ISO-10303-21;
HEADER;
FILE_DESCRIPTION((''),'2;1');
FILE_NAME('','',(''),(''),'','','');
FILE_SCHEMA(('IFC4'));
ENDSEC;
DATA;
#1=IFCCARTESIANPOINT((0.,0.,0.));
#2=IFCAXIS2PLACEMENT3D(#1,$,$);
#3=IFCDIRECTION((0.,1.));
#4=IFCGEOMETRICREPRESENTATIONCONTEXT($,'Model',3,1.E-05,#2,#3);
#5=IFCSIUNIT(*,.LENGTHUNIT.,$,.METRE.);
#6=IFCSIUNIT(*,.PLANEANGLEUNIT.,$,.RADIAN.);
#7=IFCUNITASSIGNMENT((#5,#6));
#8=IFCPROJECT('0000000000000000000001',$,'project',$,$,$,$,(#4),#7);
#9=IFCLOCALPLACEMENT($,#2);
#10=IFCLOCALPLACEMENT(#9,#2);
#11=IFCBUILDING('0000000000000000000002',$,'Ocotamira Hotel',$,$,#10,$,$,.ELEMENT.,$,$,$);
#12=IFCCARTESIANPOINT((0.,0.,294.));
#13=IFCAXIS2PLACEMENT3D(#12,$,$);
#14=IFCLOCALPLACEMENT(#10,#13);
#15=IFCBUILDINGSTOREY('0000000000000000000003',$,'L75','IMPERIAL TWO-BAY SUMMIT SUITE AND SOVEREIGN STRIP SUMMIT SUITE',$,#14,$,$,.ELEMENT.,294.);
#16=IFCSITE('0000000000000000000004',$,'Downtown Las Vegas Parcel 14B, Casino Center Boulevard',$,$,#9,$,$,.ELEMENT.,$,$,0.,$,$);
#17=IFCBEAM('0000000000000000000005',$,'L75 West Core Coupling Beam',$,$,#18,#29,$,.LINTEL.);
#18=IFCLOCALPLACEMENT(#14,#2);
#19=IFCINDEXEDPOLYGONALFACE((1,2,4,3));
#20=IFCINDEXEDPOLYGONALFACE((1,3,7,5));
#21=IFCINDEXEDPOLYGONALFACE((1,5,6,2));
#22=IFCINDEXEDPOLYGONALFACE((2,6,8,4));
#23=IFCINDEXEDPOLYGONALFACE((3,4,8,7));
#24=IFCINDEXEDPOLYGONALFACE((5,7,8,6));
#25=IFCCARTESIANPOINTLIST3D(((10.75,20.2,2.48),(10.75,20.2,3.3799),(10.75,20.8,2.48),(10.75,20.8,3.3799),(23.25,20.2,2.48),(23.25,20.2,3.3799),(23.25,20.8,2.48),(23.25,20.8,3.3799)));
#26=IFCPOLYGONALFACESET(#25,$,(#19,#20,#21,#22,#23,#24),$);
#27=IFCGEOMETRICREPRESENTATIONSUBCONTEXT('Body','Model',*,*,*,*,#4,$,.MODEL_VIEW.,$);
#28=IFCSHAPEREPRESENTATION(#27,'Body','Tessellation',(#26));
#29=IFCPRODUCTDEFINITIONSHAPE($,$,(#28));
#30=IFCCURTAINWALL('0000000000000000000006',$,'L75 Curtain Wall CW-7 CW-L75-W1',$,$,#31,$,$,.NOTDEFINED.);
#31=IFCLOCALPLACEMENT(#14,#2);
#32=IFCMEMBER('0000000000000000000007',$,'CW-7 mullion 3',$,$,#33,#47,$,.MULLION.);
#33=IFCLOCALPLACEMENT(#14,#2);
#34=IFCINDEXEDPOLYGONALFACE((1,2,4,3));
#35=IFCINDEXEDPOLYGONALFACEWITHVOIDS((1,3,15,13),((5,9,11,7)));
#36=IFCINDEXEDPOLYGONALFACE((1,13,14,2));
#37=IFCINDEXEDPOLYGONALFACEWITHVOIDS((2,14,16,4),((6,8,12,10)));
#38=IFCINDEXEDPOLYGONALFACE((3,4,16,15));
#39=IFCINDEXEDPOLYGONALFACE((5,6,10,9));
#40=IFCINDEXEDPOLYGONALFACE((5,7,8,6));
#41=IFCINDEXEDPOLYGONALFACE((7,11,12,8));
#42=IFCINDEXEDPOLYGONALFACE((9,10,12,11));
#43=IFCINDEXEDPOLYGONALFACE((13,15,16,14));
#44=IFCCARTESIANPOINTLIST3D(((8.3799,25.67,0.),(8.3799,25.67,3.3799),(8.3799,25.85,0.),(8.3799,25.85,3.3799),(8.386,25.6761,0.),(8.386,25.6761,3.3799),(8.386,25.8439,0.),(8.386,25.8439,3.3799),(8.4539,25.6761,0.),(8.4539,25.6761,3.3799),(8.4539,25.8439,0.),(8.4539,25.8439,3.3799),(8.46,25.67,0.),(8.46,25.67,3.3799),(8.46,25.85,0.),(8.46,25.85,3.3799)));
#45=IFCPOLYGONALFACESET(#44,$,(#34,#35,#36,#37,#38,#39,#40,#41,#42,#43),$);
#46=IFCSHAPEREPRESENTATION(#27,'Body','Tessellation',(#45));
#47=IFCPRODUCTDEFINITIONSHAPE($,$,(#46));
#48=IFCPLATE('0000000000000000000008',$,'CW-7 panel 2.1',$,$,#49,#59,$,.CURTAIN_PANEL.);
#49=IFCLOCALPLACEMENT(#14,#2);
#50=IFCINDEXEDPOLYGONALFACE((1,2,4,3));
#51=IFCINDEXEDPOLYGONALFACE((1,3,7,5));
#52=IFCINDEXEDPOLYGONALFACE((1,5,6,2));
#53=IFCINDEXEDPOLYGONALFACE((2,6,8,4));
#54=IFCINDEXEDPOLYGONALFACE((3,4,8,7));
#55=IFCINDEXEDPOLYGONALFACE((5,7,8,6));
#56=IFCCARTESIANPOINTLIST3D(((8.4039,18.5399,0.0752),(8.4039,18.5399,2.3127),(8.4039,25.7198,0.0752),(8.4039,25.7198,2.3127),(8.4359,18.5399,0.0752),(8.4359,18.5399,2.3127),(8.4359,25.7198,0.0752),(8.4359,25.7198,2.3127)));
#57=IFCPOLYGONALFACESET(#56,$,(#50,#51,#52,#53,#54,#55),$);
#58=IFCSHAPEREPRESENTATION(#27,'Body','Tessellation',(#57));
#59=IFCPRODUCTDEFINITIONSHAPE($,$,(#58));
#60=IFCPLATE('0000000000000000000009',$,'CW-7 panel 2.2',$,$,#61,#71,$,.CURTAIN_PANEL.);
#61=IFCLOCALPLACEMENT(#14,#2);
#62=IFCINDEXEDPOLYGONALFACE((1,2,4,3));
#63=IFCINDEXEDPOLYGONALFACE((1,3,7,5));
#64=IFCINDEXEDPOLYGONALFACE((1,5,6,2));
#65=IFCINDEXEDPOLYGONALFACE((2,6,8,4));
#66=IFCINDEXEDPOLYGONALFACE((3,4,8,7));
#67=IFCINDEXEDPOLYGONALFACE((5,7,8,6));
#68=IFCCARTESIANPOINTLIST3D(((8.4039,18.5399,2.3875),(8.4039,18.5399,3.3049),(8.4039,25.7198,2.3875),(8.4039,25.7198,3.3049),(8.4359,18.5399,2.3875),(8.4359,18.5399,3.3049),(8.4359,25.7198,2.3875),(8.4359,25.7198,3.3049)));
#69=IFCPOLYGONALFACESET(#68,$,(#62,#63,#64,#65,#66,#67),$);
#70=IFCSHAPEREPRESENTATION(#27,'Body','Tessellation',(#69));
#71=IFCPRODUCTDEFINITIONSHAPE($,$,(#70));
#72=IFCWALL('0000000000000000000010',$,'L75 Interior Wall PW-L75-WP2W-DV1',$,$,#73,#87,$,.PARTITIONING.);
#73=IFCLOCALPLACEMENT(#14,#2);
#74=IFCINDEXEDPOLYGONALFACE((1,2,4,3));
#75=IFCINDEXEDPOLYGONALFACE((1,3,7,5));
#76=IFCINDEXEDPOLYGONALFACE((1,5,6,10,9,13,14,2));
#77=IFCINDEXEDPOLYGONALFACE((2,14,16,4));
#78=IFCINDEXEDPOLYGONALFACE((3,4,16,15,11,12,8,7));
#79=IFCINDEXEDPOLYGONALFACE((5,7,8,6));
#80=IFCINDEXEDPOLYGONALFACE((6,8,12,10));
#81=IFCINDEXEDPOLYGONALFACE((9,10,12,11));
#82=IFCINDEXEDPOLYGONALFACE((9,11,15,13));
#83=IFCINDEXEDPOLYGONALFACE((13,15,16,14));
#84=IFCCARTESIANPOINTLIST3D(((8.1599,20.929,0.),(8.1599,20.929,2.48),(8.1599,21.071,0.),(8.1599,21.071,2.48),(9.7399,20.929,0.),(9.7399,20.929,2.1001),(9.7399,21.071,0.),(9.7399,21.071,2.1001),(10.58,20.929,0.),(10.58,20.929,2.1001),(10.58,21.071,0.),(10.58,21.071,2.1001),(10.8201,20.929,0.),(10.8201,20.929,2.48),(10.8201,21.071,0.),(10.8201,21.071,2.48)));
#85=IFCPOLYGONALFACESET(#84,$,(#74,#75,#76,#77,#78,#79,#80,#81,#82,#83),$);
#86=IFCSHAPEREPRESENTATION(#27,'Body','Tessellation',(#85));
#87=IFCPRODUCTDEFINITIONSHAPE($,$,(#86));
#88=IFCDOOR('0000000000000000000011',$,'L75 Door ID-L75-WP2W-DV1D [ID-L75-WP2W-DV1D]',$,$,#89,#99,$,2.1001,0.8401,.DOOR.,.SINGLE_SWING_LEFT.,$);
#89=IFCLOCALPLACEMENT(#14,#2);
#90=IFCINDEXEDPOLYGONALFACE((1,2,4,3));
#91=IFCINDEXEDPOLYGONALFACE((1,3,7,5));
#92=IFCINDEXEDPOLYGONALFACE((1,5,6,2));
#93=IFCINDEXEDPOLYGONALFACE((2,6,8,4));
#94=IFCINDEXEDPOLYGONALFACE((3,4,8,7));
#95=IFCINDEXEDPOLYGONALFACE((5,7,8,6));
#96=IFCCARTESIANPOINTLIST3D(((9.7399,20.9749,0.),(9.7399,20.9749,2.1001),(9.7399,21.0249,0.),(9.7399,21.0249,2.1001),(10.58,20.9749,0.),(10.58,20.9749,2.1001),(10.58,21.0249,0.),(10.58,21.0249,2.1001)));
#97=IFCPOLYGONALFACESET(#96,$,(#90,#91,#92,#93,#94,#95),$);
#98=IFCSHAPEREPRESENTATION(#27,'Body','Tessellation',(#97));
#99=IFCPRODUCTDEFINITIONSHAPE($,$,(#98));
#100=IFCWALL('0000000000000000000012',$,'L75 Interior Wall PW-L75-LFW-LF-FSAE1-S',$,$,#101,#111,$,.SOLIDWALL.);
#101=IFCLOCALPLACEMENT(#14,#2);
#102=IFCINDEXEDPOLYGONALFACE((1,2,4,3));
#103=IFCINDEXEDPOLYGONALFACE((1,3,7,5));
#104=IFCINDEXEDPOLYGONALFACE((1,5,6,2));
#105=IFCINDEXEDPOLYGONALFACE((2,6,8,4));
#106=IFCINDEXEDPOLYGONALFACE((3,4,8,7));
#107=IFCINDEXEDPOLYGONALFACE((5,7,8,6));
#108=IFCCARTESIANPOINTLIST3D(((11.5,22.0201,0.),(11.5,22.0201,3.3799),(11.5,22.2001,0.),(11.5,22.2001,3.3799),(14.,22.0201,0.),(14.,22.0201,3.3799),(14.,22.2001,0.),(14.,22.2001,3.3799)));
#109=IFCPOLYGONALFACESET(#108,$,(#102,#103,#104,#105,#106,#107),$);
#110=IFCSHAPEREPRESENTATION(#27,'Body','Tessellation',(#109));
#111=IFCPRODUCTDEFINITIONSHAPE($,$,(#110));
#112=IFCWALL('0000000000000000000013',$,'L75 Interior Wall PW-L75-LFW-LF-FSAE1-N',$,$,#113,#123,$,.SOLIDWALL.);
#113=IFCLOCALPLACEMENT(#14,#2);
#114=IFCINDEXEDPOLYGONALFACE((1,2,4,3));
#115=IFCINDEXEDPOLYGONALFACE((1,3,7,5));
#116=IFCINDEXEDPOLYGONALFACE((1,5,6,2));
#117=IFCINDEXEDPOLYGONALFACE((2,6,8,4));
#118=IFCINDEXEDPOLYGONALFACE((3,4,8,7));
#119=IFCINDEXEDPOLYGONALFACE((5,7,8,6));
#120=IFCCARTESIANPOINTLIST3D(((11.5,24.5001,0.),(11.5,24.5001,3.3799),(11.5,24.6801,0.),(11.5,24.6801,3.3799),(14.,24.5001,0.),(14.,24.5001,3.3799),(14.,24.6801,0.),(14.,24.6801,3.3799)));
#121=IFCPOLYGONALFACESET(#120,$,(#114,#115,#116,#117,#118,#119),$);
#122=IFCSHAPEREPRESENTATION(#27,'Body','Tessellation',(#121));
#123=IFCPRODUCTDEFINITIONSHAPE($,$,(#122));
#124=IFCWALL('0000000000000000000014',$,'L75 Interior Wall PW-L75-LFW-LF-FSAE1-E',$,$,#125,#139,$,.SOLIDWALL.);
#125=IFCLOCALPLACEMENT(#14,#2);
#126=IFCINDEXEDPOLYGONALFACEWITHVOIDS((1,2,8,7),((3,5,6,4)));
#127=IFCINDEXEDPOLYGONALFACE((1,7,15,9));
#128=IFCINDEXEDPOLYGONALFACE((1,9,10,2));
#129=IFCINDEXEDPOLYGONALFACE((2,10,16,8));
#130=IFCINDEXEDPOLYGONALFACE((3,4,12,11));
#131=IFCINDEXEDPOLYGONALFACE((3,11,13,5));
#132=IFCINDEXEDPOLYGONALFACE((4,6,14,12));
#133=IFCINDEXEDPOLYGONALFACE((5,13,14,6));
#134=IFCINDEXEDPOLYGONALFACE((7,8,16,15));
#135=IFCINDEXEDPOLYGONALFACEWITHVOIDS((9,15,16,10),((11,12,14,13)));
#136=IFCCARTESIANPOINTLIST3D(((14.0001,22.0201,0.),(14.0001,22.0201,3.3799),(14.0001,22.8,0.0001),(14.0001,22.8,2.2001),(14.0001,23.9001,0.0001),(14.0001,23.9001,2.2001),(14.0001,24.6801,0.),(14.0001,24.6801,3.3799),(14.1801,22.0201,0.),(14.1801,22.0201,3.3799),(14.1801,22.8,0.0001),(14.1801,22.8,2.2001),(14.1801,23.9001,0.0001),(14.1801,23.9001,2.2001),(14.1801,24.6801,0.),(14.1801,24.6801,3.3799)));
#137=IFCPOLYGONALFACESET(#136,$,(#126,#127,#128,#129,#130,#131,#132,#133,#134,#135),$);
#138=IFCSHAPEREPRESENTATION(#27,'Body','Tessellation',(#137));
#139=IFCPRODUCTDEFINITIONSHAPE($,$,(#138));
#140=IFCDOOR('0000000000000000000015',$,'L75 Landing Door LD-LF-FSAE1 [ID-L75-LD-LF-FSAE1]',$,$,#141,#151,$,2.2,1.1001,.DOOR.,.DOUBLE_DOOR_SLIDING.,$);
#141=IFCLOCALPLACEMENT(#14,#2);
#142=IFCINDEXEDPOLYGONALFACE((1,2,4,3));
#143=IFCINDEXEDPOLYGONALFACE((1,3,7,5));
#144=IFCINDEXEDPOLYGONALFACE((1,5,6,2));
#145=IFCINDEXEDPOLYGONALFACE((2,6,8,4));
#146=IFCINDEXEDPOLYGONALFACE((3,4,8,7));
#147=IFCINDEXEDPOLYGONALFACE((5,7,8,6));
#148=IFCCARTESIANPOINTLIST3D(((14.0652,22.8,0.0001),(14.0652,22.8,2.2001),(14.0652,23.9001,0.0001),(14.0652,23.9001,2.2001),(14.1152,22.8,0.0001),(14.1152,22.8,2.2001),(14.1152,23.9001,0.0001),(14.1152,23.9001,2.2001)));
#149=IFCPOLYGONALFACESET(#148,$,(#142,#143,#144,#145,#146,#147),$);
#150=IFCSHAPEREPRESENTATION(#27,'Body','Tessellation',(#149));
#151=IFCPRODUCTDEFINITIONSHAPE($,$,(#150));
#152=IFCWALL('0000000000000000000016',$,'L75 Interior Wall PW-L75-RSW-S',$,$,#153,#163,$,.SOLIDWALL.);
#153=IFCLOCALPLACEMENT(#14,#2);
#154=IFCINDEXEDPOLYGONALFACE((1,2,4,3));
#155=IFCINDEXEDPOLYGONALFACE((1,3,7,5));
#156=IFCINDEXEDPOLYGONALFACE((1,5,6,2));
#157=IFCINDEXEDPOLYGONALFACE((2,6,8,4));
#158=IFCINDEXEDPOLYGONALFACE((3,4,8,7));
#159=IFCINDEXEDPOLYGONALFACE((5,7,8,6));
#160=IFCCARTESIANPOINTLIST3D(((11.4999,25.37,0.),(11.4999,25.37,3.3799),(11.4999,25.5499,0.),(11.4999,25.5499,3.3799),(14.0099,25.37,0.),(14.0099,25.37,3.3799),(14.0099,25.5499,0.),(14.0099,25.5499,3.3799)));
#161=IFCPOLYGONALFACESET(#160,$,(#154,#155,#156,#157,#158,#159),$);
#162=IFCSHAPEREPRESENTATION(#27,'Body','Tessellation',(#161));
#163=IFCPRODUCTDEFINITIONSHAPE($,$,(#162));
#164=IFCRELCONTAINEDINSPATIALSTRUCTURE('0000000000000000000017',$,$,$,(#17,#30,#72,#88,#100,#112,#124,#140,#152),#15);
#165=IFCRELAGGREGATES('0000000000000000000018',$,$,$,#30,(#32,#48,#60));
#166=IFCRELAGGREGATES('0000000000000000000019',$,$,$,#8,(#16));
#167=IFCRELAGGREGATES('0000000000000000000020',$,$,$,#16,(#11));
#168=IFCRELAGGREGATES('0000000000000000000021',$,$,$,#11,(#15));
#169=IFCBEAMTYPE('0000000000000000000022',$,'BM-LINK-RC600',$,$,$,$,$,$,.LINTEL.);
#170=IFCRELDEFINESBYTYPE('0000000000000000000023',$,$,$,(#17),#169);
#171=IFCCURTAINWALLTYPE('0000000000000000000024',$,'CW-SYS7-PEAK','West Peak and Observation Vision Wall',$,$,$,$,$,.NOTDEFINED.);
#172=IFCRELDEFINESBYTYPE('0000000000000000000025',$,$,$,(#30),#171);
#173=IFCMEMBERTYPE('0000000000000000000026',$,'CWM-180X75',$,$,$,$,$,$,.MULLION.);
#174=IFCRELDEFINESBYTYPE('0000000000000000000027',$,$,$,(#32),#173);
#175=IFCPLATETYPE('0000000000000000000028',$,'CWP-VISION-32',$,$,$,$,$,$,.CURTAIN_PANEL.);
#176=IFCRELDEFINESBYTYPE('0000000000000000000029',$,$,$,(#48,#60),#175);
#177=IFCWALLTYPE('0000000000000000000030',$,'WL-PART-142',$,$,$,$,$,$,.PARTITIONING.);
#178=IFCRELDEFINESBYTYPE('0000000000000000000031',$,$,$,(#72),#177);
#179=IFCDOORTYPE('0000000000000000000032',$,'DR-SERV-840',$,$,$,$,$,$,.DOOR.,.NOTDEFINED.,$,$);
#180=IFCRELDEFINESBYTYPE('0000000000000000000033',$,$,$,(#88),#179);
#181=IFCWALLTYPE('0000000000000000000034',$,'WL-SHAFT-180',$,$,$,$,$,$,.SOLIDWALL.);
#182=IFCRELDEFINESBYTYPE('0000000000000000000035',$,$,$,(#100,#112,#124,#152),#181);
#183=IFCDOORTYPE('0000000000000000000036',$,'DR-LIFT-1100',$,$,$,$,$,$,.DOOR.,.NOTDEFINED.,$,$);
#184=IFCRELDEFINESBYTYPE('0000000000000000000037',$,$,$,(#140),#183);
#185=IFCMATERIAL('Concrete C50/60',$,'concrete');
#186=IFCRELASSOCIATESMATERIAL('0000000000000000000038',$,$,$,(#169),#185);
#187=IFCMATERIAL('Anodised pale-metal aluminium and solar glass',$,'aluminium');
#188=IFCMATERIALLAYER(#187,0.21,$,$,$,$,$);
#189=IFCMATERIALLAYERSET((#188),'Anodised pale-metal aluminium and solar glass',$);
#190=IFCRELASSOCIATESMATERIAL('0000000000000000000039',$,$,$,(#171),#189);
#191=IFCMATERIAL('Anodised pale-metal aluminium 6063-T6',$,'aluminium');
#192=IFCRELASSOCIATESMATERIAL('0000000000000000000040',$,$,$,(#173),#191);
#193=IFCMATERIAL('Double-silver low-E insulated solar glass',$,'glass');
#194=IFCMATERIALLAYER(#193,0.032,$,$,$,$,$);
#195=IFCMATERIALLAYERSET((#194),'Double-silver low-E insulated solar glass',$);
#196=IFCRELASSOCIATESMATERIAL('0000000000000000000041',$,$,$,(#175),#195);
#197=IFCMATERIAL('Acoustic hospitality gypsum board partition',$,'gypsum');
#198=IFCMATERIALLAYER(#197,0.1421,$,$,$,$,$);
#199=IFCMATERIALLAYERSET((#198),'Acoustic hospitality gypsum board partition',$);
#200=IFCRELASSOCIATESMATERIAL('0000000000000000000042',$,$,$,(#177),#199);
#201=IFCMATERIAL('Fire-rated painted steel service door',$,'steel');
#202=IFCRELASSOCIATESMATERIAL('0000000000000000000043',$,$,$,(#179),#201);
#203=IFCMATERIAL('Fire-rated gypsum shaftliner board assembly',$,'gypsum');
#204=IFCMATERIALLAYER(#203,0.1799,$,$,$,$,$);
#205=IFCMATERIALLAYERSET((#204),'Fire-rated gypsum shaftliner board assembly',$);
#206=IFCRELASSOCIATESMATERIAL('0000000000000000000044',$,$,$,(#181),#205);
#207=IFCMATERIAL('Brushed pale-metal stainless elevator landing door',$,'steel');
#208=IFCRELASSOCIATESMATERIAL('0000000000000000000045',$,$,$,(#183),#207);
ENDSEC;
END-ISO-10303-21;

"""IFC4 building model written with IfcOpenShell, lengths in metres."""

from ifc_helpers import new_model, si_unit, direction, frame, frame_2d, origin, origin_2d, place, context, subcontext, project, spatial, rectangle, hollow_rectangle, extrude, source, transform, mapped, material, layer, layer_set, material_profile, profile_set, type_object, element, fill, aggregate, save


model = new_model("IFC4")

# Units and contexts
model_context = context("Model", 3, precision=1e-05, world=origin(), true_north=direction((0.0, 1.0)))
body_context = subcontext(model_context, "Body", "Model", "MODEL_VIEW")
ifc_project = project(units=[si_unit("LENGTHUNIT", "METRE"), si_unit("PLANEANGLEUNIT", "RADIAN")], contexts=[model_context])

# Site, building, storey
site_placement = place(None, origin())
site = spatial("IfcSite", under=ifc_project, at=site_placement, Name="Downtown Las Vegas Parcel 14B, Casino Center Boulevard", CompositionType="ELEMENT", RefElevation=0.0)
building_placement = place(site_placement, origin())
building = spatial("IfcBuilding", under=site, at=building_placement, Name="Ocotamira Hotel", CompositionType="ELEMENT")
storey_placement = place(building_placement, frame((0.0, 0.0, 294.0)))
storey = spatial("IfcBuildingStorey", under=building, at=storey_placement, Name="L75", Description="IMPERIAL TWO-BAY SUMMIT SUITE AND SOVEREIGN STRIP SUMMIT SUITE", CompositionType="ELEMENT", Elevation=294.0)

# Beam
ifc_material_1 = material(Name="Concrete C50/60", Category="concrete")
ifc_material_profile_1 = material_profile(ifc_material_1, rectangle(XDim=0.6001, YDim=0.8999, at=origin_2d()), Name="RC600X900")
ifc_profile_set_1 = profile_set([ifc_material_profile_1], Name="Concrete C50/60")
beam_type = type_object("IfcBeamType", Name="BM-LINK-RC600", PredefinedType="LINTEL", material=ifc_profile_set_1)
shared_shape_1 = source(origin(), body_context, "Body", "SweptSolid", [
    extrude(rectangle(XDim=0.6001, YDim=0.8999, at=origin_2d()), origin(), (0.0, 0.0, 1.0), 12.5),
])
beam_placement = place(storey_placement, frame((10.75, 20.5, 2.9299), z_axis=(1.0, 0.0, 0.0), x_axis=(0.0, 1.0, 0.0)))
element("IfcBeam", 1, at=beam_placement, inside=storey, type_object=beam_type, Name="L75 West Core Coupling Beam", PredefinedType="LINTEL", context=body_context, shape_type="MappedRepresentation", body=[
    mapped(shared_shape_1, transform((0.0, 0.0, 0.0), scale=1.0)),
])

# Curtain wall, member, plates
ifc_material_2 = material(Name="Anodised pale-metal aluminium and solar glass", Category="aluminium")
ifc_layer_1 = layer(ifc_material_2, 0.21)
ifc_layer_set_1 = layer_set([ifc_layer_1], Name="Anodised pale-metal aluminium and solar glass")
curtain_wall_type = type_object("IfcCurtainWallType", Name="CW-SYS7-PEAK", Description="West Peak and Observation Vision Wall", PredefinedType="NOTDEFINED", material=ifc_layer_set_1)
curtain_wall_placement = place(storey_placement, origin())
curtain_wall = element("IfcCurtainWall", 2, at=curtain_wall_placement, inside=storey, type_object=curtain_wall_type, Name="L75 Curtain Wall CW-7 CW-L75-W1", PredefinedType="NOTDEFINED")
ifc_material_3 = material(Name="Anodised pale-metal aluminium 6063-T6", Category="aluminium")
ifc_material_profile_2 = material_profile(ifc_material_3, hollow_rectangle(XDim=0.0801, YDim=0.1799, WallThickness=0.0061, at=origin_2d()), Name="HSS180X80X6")
ifc_profile_set_2 = profile_set([ifc_material_profile_2], Name="Anodised pale-metal aluminium 6063-T6")
member_type = type_object("IfcMemberType", Name="CWM-180X75", PredefinedType="MULLION", material=ifc_profile_set_2)
shared_shape_2 = source(origin(), body_context, "Body", "SweptSolid", [
    extrude(hollow_rectangle(XDim=0.0801, YDim=0.1799, WallThickness=0.0061, at=origin_2d()), origin(), (0.0, 0.0, 1.0), 3.3799),
])
member_placement = place(storey_placement, frame((8.4199, 25.76, 0.0), z_axis=(0.0, 0.0, 1.0), x_axis=(-1.0, 0.0, 0.0)))
member = element("IfcMember", 3, at=member_placement, type_object=member_type, Name="CW-7 mullion 3", PredefinedType="MULLION", context=body_context, shape_type="MappedRepresentation", body=[
    mapped(shared_shape_2, transform((0.0, 0.0, 0.0), scale=1.0)),
])
ifc_material_4 = material(Name="Double-silver low-E insulated solar glass", Category="glass")
ifc_layer_2 = layer(ifc_material_4, 0.032)
ifc_layer_set_2 = layer_set([ifc_layer_2], Name="Double-silver low-E insulated solar glass")
plate_type = type_object("IfcPlateType", Name="CWP-VISION-32", PredefinedType="CURTAIN_PANEL", material=ifc_layer_set_2)
shared_shape_3 = source(origin(), body_context, "Body", "SweptSolid", [
    extrude(rectangle(XDim=7.1799, YDim=0.032, at=origin_2d()), origin(), (0.0, 0.0, 1.0), 2.2375),
])
plate_1_placement = place(storey_placement, frame((8.4199, 22.1299, 0.0752), z_axis=(0.0, 0.0, 1.0), x_axis=(0.0, 1.0, 0.0)))
plate_1 = element("IfcPlate", 4, at=plate_1_placement, type_object=plate_type, Name="CW-7 panel 2.1", PredefinedType="CURTAIN_PANEL", context=body_context, shape_type="MappedRepresentation", body=[
    mapped(shared_shape_3, transform((0.0, 0.0, 0.0), scale=1.0)),
])
shared_shape_4 = source(origin(), body_context, "Body", "SweptSolid", [
    extrude(rectangle(XDim=7.1799, YDim=0.032, at=origin_2d()), origin(), (0.0, 0.0, 1.0), 0.9175),
])
plate_2_placement = place(storey_placement, frame((8.4199, 22.1299, 2.3875), z_axis=(0.0, 0.0, 1.0), x_axis=(0.0, 1.0, 0.0)))
plate_2 = element("IfcPlate", 5, at=plate_2_placement, type_object=plate_type, Name="CW-7 panel 2.2", PredefinedType="CURTAIN_PANEL", context=body_context, shape_type="MappedRepresentation", body=[
    mapped(shared_shape_4, transform((0.0, 0.0, 0.0), scale=1.0)),
])
aggregate(curtain_wall, [member, plate_1, plate_2])

# Wall, opening, door
ifc_material_5 = material(Name="Acoustic hospitality gypsum board partition", Category="gypsum")
ifc_layer_3 = layer(ifc_material_5, 0.1421)
ifc_layer_set_3 = layer_set([ifc_layer_3], Name="Acoustic hospitality gypsum board partition")
wall_type_1 = type_object("IfcWallType", Name="WL-PART-142", PredefinedType="PARTITIONING", material=ifc_layer_set_3)
wall_1_placement = place(storey_placement, frame((8.1599, 21.0, 0.0), z_axis=(0.0, 0.0, 1.0), x_axis=(1.0, 0.0, 0.0)))
wall_1 = element("IfcWall", 6, at=wall_1_placement, inside=storey, type_object=wall_type_1, Name="L75 Interior Wall PW-L75-WP2W-DV1", PredefinedType="PARTITIONING", context=body_context, shape_type="SweptSolid", body=[
    extrude(rectangle(XDim=2.6602, YDim=0.1421, at=frame_2d((1.3301, 0.0))), origin(), (0.0, 0.0, 1.0), 2.48),
])
opening_1_placement = place(wall_1_placement, frame((1.5801, 0.0, 0.0)))
opening_1 = element("IfcOpeningElement", 7, at=opening_1_placement, cuts=wall_1, PredefinedType="OPENING", context=body_context, shape_type="SweptSolid", body=[
    extrude(rectangle(XDim=0.8401, YDim=2.1001, at=frame_2d((0.4199, 1.05))), frame((0.0, 0.0811, 0.0), z_axis=(0.0, -1.0, 0.0), x_axis=(1.0, 0.0, 0.0)), (0.0, 0.0, 1.0), 0.1621),
])
ifc_material_6 = material(Name="Fire-rated painted steel service door", Category="steel")
door_type_1 = type_object("IfcDoorType", Name="DR-SERV-840", OperationType="NOTDEFINED", PredefinedType="DOOR", material=ifc_material_6)
shared_shape_5 = source(origin(), body_context, "Body", "SweptSolid", [
    extrude(rectangle(XDim=0.8401, YDim=2.1001, at=frame_2d((0.4199, 1.05))), frame((0.0, 0.0249, 0.0), z_axis=(0.0, -1.0, 0.0), x_axis=(1.0, 0.0, 0.0)), (0.0, 0.0, 1.0), 0.05),
])
door_1_placement = place(opening_1_placement, origin())
door_1 = element("IfcDoor", 8, at=door_1_placement, inside=storey, type_object=door_type_1, Name="L75 Door ID-L75-WP2W-DV1D [ID-L75-WP2W-DV1D]", OperationType="SINGLE_SWING_LEFT", OverallHeight=2.1001, OverallWidth=0.8401, PredefinedType="DOOR", context=body_context, shape_type="MappedRepresentation", body=[
    mapped(shared_shape_5, transform((0.0, 0.0, 0.0), scale=1.0)),
])
fill(opening_1, door_1)

# Walls
ifc_material_7 = material(Name="Fire-rated gypsum shaftliner board assembly", Category="gypsum")
ifc_layer_4 = layer(ifc_material_7, 0.1799)
ifc_layer_set_4 = layer_set([ifc_layer_4], Name="Fire-rated gypsum shaftliner board assembly")
wall_type_2 = type_object("IfcWallType", Name="WL-SHAFT-180", PredefinedType="SOLIDWALL", material=ifc_layer_set_4)
for number, where, z_axis, x_axis, name in (
    (9, (11.5, 22.1101, 0.0), (0.0, 0.0, 1.0), (1.0, 0.0, 0.0), "L75 Interior Wall PW-L75-LFW-LF-FSAE1-S"),
    (10, (11.5, 24.5901, 0.0), (0.0, 0.0, 1.0), (1.0, 0.0, 0.0), "L75 Interior Wall PW-L75-LFW-LF-FSAE1-N"),
):
    element("IfcWall", number, at=place(storey_placement, frame(where, z_axis=z_axis, x_axis=x_axis)), inside=storey, type_object=wall_type_2, Name=name, PredefinedType="SOLIDWALL", context=body_context, shape_type="SweptSolid", body=[
        extrude(rectangle(XDim=2.5, YDim=0.1799, at=frame_2d((1.25, 0.0))), origin(), (0.0, 0.0, 1.0), 3.3799),
    ])

# Wall, opening, door
wall_2_placement = place(storey_placement, frame((14.0901, 22.02, 0.0), z_axis=(0.0, 0.0, 1.0), x_axis=(0.0, 1.0, 0.0)))
wall_2 = element("IfcWall", 11, at=wall_2_placement, inside=storey, type_object=wall_type_2, Name="L75 Interior Wall PW-L75-LFW-LF-FSAE1-E", PredefinedType="SOLIDWALL", context=body_context, shape_type="SweptSolid", body=[
    extrude(rectangle(XDim=2.6599, YDim=0.1799, at=frame_2d((1.3301, 0.0))), origin(), (0.0, 0.0, 1.0), 3.3799),
])
opening_2_placement = place(wall_2_placement, frame((0.78, 0.0, 0.0)))
opening_2 = element("IfcOpeningElement", 12, at=opening_2_placement, cuts=wall_2, PredefinedType="OPENING", context=body_context, shape_type="SweptSolid", body=[
    extrude(rectangle(XDim=1.1001, YDim=2.2, at=frame_2d((0.55, 1.1001))), frame((0.0, 0.1001, 0.0), z_axis=(0.0, -1.0, 0.0), x_axis=(1.0, 0.0, 0.0)), (0.0, 0.0, 1.0), 0.2),
])
ifc_material_8 = material(Name="Brushed pale-metal stainless elevator landing door", Category="steel")
door_type_2 = type_object("IfcDoorType", Name="DR-LIFT-1100", OperationType="NOTDEFINED", PredefinedType="DOOR", material=ifc_material_8)
shared_shape_6 = source(origin(), body_context, "Body", "SweptSolid", [
    extrude(rectangle(XDim=1.1001, YDim=2.2, at=frame_2d((0.55, 1.1001))), frame((0.0, 0.0249, 0.0), z_axis=(0.0, -1.0, 0.0), x_axis=(1.0, 0.0, 0.0)), (0.0, 0.0, 1.0), 0.05),
])
door_2_placement = place(opening_2_placement, origin())
door_2 = element("IfcDoor", 13, at=door_2_placement, inside=storey, type_object=door_type_2, Name="L75 Landing Door LD-LF-FSAE1 [ID-L75-LD-LF-FSAE1]", OperationType="DOUBLE_DOOR_SLIDING", OverallHeight=2.2, OverallWidth=1.1001, PredefinedType="DOOR", context=body_context, shape_type="MappedRepresentation", body=[
    mapped(shared_shape_6, transform((0.0, 0.0, 0.0), scale=1.0)),
])
fill(opening_2, door_2)

# Wall
wall_3_placement = place(storey_placement, frame((11.5, 25.46, 0.0), z_axis=(0.0, 0.0, 1.0), x_axis=(1.0, 0.0, 0.0)))
element("IfcWall", 14, at=wall_3_placement, inside=storey, type_object=wall_type_2, Name="L75 Interior Wall PW-L75-RSW-S", PredefinedType="SOLIDWALL", context=body_context, shape_type="SweptSolid", body=[
    extrude(rectangle(XDim=2.51, YDim=0.1799, at=frame_2d((1.2549, 0.0))), origin(), (0.0, 0.0, 1.0), 3.3799),
])

save(model, "model.ifc")
